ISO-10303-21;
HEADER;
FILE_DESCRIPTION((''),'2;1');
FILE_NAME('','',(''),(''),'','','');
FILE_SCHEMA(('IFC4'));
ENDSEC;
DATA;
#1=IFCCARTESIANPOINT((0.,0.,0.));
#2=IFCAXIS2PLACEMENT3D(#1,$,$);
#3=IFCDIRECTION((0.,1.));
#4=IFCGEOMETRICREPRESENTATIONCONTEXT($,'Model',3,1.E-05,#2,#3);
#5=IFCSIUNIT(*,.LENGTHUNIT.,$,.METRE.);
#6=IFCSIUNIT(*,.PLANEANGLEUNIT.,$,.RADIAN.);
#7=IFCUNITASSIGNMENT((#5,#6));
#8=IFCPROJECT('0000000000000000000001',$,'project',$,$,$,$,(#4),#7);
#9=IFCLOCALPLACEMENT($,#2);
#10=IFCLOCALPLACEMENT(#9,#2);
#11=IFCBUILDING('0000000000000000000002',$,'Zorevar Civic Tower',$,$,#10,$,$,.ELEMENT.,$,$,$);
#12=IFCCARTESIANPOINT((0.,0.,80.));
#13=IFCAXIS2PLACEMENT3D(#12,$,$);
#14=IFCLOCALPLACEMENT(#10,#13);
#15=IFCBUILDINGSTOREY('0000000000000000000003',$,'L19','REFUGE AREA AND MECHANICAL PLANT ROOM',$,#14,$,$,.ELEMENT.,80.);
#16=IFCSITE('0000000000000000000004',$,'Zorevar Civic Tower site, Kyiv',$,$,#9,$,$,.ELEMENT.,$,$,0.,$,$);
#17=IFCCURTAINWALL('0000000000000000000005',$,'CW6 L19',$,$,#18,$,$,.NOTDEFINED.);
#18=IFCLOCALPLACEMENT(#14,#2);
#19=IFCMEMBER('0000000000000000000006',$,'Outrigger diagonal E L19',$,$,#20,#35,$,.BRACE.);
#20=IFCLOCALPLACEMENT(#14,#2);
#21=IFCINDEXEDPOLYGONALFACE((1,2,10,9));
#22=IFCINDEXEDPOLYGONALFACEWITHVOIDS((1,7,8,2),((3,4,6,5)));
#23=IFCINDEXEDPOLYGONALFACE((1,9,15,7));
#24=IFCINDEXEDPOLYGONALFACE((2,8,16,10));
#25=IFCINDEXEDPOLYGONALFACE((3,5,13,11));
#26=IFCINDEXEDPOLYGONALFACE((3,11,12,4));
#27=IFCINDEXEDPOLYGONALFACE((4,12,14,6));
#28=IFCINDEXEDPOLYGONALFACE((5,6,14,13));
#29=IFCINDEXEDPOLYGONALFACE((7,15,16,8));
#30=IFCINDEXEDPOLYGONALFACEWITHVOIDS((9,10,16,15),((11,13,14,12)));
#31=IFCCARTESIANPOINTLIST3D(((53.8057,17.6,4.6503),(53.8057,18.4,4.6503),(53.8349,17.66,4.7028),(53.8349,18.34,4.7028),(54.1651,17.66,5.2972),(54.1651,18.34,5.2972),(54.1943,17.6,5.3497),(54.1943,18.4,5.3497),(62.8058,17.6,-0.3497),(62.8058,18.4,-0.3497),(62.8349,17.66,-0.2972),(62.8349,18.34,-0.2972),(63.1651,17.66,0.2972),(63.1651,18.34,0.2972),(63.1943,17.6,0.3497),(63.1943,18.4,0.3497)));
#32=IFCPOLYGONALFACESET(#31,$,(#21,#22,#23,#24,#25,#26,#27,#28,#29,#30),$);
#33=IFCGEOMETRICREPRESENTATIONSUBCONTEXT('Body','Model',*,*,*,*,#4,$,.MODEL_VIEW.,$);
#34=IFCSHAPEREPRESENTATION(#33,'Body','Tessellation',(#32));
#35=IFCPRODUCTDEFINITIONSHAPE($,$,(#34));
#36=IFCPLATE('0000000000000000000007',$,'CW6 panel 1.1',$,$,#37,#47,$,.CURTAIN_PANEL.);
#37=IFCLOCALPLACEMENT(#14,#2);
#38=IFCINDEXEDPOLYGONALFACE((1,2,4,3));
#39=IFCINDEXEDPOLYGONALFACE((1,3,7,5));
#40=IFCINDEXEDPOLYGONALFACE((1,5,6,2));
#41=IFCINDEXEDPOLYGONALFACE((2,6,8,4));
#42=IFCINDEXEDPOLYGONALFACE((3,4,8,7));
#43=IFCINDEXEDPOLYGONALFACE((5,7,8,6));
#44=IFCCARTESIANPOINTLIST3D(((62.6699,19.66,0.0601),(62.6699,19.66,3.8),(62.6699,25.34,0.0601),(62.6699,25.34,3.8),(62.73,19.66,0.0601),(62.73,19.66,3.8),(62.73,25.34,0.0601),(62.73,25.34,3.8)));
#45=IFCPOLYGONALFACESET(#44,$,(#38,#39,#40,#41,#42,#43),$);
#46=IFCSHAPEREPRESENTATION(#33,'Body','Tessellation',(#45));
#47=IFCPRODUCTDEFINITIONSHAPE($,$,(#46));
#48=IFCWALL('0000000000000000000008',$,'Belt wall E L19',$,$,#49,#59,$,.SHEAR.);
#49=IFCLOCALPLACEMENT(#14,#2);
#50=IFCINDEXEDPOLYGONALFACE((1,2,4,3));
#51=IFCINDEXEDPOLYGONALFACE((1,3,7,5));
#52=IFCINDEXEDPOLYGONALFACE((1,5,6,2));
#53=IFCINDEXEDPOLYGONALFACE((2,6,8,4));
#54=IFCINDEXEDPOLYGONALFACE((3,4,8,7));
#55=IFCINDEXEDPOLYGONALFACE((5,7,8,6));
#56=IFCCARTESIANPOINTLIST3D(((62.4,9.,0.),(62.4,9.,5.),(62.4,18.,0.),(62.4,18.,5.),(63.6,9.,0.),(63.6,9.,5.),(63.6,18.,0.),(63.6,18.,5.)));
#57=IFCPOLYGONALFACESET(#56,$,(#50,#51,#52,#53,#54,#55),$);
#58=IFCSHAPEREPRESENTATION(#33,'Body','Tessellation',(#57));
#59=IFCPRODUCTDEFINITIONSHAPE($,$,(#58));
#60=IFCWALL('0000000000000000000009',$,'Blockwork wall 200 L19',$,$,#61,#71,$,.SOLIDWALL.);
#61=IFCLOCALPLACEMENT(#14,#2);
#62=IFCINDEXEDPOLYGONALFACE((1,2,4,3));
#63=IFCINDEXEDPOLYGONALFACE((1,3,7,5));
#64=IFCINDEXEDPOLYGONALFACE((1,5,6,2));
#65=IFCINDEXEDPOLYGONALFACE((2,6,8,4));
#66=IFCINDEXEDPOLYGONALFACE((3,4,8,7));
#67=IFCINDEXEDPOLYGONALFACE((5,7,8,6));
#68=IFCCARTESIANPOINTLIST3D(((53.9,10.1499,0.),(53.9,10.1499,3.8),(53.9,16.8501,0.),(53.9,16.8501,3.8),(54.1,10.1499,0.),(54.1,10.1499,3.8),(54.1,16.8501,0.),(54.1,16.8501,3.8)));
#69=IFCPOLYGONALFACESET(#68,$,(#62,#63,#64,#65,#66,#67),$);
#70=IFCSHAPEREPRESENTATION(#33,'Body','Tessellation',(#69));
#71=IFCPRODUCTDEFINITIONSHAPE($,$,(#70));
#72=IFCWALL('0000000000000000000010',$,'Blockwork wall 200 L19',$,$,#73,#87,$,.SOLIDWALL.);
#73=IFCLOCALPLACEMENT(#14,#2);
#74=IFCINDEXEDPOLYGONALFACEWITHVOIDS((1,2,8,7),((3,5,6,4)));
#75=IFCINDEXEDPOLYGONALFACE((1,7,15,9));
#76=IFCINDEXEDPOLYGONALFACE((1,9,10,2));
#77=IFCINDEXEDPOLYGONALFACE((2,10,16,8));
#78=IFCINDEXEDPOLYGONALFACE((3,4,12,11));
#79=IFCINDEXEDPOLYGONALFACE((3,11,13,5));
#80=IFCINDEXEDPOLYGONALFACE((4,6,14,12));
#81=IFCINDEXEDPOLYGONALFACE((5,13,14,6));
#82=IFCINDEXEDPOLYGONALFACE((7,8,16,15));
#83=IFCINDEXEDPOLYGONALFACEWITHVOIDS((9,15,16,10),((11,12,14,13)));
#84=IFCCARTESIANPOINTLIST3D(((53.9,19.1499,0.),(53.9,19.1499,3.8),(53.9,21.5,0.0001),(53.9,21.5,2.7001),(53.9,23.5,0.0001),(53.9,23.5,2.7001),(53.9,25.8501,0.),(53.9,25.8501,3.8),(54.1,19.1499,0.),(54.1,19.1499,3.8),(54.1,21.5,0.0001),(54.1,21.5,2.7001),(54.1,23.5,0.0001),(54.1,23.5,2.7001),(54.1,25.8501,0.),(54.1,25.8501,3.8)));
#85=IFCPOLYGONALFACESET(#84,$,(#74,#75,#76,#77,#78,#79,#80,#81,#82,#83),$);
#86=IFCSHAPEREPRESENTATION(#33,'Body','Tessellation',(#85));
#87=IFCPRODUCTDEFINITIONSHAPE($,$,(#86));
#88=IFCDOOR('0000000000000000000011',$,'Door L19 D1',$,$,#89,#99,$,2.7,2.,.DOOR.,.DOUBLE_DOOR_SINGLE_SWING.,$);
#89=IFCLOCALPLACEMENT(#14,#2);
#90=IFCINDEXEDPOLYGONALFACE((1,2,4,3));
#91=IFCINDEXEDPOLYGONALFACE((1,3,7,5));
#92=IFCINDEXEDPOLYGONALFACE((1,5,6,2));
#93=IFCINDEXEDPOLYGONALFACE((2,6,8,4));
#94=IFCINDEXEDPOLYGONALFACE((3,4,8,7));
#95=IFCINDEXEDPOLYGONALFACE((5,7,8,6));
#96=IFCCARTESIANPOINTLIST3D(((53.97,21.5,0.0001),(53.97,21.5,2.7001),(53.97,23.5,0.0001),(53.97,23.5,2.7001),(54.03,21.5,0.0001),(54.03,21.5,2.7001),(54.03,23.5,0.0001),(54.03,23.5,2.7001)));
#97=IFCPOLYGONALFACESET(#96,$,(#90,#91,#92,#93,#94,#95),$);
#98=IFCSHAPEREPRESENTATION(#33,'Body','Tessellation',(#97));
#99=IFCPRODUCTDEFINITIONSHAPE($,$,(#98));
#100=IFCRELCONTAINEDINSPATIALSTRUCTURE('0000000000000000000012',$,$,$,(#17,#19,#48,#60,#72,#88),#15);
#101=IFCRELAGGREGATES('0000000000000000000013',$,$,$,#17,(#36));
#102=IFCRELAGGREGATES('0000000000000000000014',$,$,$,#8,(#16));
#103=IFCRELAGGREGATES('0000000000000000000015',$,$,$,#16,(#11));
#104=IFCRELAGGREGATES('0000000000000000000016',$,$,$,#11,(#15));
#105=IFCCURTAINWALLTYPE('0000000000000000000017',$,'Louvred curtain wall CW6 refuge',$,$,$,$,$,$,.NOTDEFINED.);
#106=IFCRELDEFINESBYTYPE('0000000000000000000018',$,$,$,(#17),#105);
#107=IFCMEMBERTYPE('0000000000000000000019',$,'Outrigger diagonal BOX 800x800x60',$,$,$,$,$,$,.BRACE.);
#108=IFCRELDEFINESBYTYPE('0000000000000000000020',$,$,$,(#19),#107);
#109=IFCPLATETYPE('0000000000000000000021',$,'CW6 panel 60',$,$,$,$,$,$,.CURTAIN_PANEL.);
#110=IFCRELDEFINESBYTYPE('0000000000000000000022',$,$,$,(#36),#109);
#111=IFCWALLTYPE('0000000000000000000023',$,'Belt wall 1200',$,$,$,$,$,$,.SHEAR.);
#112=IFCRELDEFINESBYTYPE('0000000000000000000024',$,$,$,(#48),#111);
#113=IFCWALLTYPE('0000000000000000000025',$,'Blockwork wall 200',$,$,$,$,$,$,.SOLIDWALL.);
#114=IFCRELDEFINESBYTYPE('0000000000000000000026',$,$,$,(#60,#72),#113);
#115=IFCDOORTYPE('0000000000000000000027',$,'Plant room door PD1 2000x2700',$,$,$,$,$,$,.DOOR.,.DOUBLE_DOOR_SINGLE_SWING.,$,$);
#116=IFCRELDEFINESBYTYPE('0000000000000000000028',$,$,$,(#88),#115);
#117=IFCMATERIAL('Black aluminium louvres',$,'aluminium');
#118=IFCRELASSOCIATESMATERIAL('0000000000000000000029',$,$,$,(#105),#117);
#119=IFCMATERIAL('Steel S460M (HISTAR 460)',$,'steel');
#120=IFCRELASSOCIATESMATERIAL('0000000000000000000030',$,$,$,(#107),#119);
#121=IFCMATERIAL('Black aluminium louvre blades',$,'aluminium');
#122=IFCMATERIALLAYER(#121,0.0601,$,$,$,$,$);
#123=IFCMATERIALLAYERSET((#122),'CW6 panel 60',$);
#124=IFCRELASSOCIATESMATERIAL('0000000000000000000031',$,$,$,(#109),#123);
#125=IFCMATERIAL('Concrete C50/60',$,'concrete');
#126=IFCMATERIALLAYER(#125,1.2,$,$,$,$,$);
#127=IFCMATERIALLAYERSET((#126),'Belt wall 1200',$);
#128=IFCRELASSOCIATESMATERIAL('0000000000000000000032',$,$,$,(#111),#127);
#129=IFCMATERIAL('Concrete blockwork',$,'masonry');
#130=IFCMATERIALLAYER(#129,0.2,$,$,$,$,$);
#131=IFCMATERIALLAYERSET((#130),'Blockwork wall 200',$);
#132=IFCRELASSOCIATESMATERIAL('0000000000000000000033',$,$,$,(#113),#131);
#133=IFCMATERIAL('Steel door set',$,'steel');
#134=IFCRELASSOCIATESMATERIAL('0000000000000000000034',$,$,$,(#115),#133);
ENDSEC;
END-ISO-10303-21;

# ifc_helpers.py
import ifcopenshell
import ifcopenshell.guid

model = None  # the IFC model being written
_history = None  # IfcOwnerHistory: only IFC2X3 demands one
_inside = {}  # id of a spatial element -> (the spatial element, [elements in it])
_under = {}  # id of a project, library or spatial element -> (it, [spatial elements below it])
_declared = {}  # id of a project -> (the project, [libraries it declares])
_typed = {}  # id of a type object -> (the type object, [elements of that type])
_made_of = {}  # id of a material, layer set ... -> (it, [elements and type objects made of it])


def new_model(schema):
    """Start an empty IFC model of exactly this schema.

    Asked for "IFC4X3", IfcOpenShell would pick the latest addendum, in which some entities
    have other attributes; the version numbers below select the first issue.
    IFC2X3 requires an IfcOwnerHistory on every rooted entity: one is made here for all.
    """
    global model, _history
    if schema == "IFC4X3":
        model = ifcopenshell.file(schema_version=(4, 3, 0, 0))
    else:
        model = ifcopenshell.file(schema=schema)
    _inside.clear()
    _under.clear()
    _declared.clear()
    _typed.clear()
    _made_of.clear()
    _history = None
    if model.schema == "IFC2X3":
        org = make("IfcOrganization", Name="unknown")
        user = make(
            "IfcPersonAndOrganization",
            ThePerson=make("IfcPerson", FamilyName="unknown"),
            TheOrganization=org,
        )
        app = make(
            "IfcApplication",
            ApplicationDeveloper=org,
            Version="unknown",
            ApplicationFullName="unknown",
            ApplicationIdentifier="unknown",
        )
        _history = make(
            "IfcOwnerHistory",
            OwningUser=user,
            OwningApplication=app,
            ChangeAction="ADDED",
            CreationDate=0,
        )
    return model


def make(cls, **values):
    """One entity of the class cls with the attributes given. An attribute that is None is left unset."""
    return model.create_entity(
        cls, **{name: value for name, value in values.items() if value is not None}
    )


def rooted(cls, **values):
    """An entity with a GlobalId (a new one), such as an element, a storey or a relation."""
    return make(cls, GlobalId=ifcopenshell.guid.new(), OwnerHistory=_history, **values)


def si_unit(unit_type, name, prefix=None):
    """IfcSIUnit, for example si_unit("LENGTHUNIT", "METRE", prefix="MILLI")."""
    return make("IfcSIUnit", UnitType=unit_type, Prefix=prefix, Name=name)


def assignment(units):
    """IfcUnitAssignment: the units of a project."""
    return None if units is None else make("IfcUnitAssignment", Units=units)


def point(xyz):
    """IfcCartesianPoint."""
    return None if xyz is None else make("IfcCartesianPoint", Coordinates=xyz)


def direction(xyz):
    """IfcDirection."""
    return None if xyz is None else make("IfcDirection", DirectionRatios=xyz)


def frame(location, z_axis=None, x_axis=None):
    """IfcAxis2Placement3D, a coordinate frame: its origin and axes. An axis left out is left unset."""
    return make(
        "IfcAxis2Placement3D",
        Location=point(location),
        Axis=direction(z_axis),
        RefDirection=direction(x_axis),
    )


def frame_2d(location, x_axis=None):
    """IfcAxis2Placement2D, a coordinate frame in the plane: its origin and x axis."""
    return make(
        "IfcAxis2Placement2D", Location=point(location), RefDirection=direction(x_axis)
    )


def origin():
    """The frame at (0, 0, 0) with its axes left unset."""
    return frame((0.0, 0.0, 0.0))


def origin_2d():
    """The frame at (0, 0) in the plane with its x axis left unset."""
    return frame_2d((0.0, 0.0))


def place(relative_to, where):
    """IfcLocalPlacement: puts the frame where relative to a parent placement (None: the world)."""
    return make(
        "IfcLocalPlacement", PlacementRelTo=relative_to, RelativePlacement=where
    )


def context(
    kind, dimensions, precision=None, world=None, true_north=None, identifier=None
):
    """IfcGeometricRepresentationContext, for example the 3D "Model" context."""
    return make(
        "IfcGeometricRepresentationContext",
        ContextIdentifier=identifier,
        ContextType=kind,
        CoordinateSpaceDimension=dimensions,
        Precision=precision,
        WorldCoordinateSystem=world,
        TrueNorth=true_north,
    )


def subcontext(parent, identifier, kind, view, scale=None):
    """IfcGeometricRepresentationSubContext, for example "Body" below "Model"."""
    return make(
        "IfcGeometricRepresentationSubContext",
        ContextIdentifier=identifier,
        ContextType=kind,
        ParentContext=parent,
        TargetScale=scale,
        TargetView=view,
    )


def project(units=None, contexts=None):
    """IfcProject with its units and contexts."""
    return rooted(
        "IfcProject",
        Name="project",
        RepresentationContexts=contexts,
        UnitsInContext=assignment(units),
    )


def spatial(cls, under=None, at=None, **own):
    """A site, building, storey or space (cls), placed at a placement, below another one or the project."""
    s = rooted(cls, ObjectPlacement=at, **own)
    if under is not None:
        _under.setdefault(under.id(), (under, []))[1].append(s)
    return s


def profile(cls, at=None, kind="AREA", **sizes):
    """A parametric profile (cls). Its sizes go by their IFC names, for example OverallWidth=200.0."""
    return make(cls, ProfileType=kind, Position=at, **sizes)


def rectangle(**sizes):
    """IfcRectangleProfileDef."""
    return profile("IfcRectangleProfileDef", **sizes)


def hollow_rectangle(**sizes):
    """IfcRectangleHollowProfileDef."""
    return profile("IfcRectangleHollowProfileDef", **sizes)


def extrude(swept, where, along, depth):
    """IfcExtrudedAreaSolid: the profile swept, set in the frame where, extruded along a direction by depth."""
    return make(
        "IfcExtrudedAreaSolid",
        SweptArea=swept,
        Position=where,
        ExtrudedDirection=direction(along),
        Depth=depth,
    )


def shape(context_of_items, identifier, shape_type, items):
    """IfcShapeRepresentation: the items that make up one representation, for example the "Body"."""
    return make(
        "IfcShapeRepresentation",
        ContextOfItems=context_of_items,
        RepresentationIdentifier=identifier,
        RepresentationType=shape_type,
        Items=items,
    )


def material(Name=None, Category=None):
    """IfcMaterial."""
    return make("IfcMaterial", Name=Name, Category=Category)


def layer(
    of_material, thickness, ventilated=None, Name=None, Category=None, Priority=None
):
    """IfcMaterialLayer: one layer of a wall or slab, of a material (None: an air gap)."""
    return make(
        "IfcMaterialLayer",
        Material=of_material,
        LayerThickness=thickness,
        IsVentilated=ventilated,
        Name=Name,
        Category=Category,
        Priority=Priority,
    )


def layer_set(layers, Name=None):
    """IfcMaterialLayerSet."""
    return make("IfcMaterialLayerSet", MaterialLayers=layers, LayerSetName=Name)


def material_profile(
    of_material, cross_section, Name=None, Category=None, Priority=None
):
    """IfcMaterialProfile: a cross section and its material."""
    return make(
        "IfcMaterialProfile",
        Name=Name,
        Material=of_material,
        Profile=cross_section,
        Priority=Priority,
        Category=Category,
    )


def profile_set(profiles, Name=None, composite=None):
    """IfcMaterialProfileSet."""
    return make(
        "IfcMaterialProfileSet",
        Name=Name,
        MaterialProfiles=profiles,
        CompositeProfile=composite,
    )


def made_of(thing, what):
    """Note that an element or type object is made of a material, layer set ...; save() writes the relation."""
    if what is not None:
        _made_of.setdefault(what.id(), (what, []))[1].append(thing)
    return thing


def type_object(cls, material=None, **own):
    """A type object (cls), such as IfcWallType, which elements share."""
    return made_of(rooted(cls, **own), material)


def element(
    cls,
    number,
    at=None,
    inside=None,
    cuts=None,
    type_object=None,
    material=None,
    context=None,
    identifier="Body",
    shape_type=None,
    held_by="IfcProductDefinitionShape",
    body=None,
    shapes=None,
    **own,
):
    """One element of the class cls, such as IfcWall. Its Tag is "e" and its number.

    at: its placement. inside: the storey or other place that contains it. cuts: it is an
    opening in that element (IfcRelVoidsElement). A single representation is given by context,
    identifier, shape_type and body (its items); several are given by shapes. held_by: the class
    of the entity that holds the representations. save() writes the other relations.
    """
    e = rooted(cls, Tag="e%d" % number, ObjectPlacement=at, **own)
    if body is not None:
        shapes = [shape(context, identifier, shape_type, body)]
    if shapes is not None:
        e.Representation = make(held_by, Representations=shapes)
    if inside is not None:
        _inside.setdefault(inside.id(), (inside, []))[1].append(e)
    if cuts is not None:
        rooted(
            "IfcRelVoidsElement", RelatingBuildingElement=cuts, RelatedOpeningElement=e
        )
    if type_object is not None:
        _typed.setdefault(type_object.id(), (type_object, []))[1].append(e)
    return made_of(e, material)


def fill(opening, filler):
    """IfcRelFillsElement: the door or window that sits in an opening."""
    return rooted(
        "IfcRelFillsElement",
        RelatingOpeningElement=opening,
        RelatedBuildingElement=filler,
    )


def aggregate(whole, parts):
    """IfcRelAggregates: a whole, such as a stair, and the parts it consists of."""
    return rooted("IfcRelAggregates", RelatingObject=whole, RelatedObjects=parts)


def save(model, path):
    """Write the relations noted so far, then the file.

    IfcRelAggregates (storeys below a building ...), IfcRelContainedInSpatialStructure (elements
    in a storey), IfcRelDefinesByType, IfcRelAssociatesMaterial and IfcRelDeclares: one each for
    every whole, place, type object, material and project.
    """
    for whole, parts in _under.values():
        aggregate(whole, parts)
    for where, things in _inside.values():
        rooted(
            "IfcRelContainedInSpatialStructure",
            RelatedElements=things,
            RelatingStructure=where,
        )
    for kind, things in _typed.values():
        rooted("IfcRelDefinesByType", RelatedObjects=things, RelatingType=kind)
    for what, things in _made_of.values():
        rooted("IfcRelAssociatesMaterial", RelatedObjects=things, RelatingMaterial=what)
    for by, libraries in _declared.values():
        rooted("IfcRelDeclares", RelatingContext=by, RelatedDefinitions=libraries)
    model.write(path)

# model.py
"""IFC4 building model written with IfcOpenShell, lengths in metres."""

from ifc_helpers import new_model, si_unit, direction, frame, frame_2d, origin, origin_2d, place, context, subcontext, project, spatial, rectangle, hollow_rectangle, extrude, material, layer, layer_set, material_profile, profile_set, type_object, element, fill, aggregate, save


model = new_model("IFC4")

# Units and contexts
model_context = context("Model", 3, precision=1e-05, world=origin(), true_north=direction((0.0, 1.0)))
body_context = subcontext(model_context, "Body", "Model", "MODEL_VIEW")
ifc_project = project(units=[si_unit("LENGTHUNIT", "METRE"), si_unit("PLANEANGLEUNIT", "RADIAN")], contexts=[model_context])

# Site, building, storey
site_placement = place(None, origin())
site = spatial("IfcSite", under=ifc_project, at=site_placement, Name="Zorevar Civic Tower site, Kyiv", CompositionType="ELEMENT", RefElevation=0.0)
building_placement = place(site_placement, origin())
building = spatial("IfcBuilding", under=site, at=building_placement, Name="Zorevar Civic Tower", CompositionType="ELEMENT")
storey_placement = place(building_placement, frame((0.0, 0.0, 80.0)))
storey = spatial("IfcBuildingStorey", under=building, at=storey_placement, Name="L19", Description="REFUGE AREA AND MECHANICAL PLANT ROOM", CompositionType="ELEMENT", Elevation=80.0)

# Curtain wall
ifc_material_1 = material(Name="Black aluminium louvres", Category="aluminium")
curtain_wall_type = type_object("IfcCurtainWallType", Name="Louvred curtain wall CW6 refuge", PredefinedType="NOTDEFINED", material=ifc_material_1)
curtain_wall_placement = place(storey_placement, origin())
curtain_wall = element("IfcCurtainWall", 1, at=curtain_wall_placement, inside=storey, type_object=curtain_wall_type, Name="CW6 L19", PredefinedType="NOTDEFINED")

# Member
ifc_material_2 = material(Name="Steel S460M (HISTAR 460)", Category="steel")
ifc_material_profile_1 = material_profile(ifc_material_2, hollow_rectangle(XDim=0.8, YDim=0.8, WallThickness=0.0601, at=origin_2d()), Name="BOX 800x800x60")
ifc_profile_set_1 = profile_set([ifc_material_profile_1], Name="Steel S460M (HISTAR 460)")
member_type_1 = type_object("IfcMemberType", Name="Outrigger diagonal BOX 800x800x60", PredefinedType="BRACE", material=ifc_profile_set_1)
member_1_placement = place(storey_placement, frame((54.0, 18.0, 5.0), z_axis=(0.874157, 0.0, -0.485643), x_axis=(0.0, 1.0, 0.0)))
element("IfcMember", 2, at=member_1_placement, inside=storey, type_object=member_type_1, Name="Outrigger diagonal E L19", PredefinedType="BRACE", context=body_context, shape_type="SweptSolid", body=[
    extrude(hollow_rectangle(XDim=0.8, YDim=0.8, WallThickness=0.0601, at=origin_2d()), origin(), (0.0, 0.0, 1.0), 10.2957),
])

# Plate
ifc_material_3 = material(Name="Black aluminium louvre blades", Category="aluminium")
ifc_layer_1 = layer(ifc_material_3, 0.0601)
ifc_layer_set_1 = layer_set([ifc_layer_1], Name="CW6 panel 60")
plate_type = type_object("IfcPlateType", Name="CW6 panel 60", PredefinedType="CURTAIN_PANEL", material=ifc_layer_set_1)
plate_placement = place(storey_placement, frame((62.7, 22.5, 0.0601), z_axis=(0.0, 0.0, 1.0), x_axis=(0.0, 1.0, 0.0)))
plate = element("IfcPlate", 3, at=plate_placement, type_object=plate_type, Name="CW6 panel 1.1", PredefinedType="CURTAIN_PANEL", context=body_context, shape_type="SweptSolid", body=[
    extrude(rectangle(XDim=5.6799, YDim=0.0601, at=origin_2d()), origin(), (0.0, 0.0, 1.0), 3.74),
])
aggregate(curtain_wall, [plate])

# Walls
ifc_material_4 = material(Name="Concrete C50/60", Category="concrete")
ifc_layer_2 = layer(ifc_material_4, 1.2)
ifc_layer_set_2 = layer_set([ifc_layer_2], Name="Belt wall 1200")
wall_type_1 = type_object("IfcWallType", Name="Belt wall 1200", PredefinedType="SHEAR", material=ifc_layer_set_2)
wall_1_placement = place(storey_placement, frame((63.0, 9.0, 0.0), z_axis=(0.0, 0.0, 1.0), x_axis=(0.0, 1.0, 0.0)))
element("IfcWall", 4, at=wall_1_placement, inside=storey, type_object=wall_type_1, Name="Belt wall E L19", PredefinedType="SHEAR", context=body_context, shape_type="SweptSolid", body=[
    extrude(rectangle(XDim=9.0, YDim=1.2, at=frame_2d((4.5, 0.0))), origin(), (0.0, 0.0, 1.0), 5.0),
])
ifc_material_5 = material(Name="Concrete blockwork", Category="masonry")
ifc_layer_3 = layer(ifc_material_5, 0.2)
ifc_layer_set_3 = layer_set([ifc_layer_3], Name="Blockwork wall 200")
wall_type_2 = type_object("IfcWallType", Name="Blockwork wall 200", PredefinedType="SOLIDWALL", material=ifc_layer_set_3)
wall_2_placement = place(storey_placement, frame((54.0, 10.1499, 0.0), z_axis=(0.0, 0.0, 1.0), x_axis=(0.0, 1.0, 0.0)))
element("IfcWall", 5, at=wall_2_placement, inside=storey, type_object=wall_type_2, Name="Blockwork wall 200 L19", PredefinedType="SOLIDWALL", context=body_context, shape_type="SweptSolid", body=[
    extrude(rectangle(XDim=6.7002, YDim=0.2, at=frame_2d((3.3501, 0.0))), origin(), (0.0, 0.0, 1.0), 3.8),
])

# Wall, opening, door
wall_3_placement = place(storey_placement, frame((54.0, 19.1499, 0.0), z_axis=(0.0, 0.0, 1.0), x_axis=(0.0, 1.0, 0.0)))
wall_3 = element("IfcWall", 6, at=wall_3_placement, inside=storey, type_object=wall_type_2, Name="Blockwork wall 200 L19", PredefinedType="SOLIDWALL", context=body_context, shape_type="SweptSolid", body=[
    extrude(rectangle(XDim=6.7002, YDim=0.2, at=frame_2d((3.3501, 0.0))), origin(), (0.0, 0.0, 1.0), 3.8),
])
opening_placement = place(wall_3_placement, frame((2.3501, 0.0, 0.0)))
opening = element("IfcOpeningElement", 7, at=opening_placement, cuts=wall_3, PredefinedType="OPENING", context=body_context, shape_type="SweptSolid", body=[
    extrude(rectangle(XDim=2.0, YDim=2.7, at=frame_2d((1.0, 1.3501))), frame((0.0, 0.1099, 0.0), z_axis=(0.0, -1.0, 0.0), x_axis=(1.0, 0.0, 0.0)), (0.0, 0.0, 1.0), 0.22),
])
ifc_material_6 = material(Name="Steel door set", Category="steel")
door_type = type_object("IfcDoorType", Name="Plant room door PD1 2000x2700", OperationType="DOUBLE_DOOR_SINGLE_SWING", PredefinedType="DOOR", material=ifc_material_6)
door_placement = place(opening_placement, origin())
door = element("IfcDoor", 8, at=door_placement, inside=storey, type_object=door_type, Name="Door L19 D1", OperationType="DOUBLE_DOOR_SINGLE_SWING", OverallHeight=2.7, OverallWidth=2.0, PredefinedType="DOOR", context=body_context, shape_type="SweptSolid", body=[
    extrude(rectangle(XDim=2.0, YDim=2.7, at=frame_2d((1.0, 1.3501))), frame((0.0, 0.03, 0.0), z_axis=(0.0, -1.0, 0.0), x_axis=(1.0, 0.0, 0.0)), (0.0, 0.0, 1.0), 0.0601),
])
fill(opening, door)

save(model, "model.ifc")
